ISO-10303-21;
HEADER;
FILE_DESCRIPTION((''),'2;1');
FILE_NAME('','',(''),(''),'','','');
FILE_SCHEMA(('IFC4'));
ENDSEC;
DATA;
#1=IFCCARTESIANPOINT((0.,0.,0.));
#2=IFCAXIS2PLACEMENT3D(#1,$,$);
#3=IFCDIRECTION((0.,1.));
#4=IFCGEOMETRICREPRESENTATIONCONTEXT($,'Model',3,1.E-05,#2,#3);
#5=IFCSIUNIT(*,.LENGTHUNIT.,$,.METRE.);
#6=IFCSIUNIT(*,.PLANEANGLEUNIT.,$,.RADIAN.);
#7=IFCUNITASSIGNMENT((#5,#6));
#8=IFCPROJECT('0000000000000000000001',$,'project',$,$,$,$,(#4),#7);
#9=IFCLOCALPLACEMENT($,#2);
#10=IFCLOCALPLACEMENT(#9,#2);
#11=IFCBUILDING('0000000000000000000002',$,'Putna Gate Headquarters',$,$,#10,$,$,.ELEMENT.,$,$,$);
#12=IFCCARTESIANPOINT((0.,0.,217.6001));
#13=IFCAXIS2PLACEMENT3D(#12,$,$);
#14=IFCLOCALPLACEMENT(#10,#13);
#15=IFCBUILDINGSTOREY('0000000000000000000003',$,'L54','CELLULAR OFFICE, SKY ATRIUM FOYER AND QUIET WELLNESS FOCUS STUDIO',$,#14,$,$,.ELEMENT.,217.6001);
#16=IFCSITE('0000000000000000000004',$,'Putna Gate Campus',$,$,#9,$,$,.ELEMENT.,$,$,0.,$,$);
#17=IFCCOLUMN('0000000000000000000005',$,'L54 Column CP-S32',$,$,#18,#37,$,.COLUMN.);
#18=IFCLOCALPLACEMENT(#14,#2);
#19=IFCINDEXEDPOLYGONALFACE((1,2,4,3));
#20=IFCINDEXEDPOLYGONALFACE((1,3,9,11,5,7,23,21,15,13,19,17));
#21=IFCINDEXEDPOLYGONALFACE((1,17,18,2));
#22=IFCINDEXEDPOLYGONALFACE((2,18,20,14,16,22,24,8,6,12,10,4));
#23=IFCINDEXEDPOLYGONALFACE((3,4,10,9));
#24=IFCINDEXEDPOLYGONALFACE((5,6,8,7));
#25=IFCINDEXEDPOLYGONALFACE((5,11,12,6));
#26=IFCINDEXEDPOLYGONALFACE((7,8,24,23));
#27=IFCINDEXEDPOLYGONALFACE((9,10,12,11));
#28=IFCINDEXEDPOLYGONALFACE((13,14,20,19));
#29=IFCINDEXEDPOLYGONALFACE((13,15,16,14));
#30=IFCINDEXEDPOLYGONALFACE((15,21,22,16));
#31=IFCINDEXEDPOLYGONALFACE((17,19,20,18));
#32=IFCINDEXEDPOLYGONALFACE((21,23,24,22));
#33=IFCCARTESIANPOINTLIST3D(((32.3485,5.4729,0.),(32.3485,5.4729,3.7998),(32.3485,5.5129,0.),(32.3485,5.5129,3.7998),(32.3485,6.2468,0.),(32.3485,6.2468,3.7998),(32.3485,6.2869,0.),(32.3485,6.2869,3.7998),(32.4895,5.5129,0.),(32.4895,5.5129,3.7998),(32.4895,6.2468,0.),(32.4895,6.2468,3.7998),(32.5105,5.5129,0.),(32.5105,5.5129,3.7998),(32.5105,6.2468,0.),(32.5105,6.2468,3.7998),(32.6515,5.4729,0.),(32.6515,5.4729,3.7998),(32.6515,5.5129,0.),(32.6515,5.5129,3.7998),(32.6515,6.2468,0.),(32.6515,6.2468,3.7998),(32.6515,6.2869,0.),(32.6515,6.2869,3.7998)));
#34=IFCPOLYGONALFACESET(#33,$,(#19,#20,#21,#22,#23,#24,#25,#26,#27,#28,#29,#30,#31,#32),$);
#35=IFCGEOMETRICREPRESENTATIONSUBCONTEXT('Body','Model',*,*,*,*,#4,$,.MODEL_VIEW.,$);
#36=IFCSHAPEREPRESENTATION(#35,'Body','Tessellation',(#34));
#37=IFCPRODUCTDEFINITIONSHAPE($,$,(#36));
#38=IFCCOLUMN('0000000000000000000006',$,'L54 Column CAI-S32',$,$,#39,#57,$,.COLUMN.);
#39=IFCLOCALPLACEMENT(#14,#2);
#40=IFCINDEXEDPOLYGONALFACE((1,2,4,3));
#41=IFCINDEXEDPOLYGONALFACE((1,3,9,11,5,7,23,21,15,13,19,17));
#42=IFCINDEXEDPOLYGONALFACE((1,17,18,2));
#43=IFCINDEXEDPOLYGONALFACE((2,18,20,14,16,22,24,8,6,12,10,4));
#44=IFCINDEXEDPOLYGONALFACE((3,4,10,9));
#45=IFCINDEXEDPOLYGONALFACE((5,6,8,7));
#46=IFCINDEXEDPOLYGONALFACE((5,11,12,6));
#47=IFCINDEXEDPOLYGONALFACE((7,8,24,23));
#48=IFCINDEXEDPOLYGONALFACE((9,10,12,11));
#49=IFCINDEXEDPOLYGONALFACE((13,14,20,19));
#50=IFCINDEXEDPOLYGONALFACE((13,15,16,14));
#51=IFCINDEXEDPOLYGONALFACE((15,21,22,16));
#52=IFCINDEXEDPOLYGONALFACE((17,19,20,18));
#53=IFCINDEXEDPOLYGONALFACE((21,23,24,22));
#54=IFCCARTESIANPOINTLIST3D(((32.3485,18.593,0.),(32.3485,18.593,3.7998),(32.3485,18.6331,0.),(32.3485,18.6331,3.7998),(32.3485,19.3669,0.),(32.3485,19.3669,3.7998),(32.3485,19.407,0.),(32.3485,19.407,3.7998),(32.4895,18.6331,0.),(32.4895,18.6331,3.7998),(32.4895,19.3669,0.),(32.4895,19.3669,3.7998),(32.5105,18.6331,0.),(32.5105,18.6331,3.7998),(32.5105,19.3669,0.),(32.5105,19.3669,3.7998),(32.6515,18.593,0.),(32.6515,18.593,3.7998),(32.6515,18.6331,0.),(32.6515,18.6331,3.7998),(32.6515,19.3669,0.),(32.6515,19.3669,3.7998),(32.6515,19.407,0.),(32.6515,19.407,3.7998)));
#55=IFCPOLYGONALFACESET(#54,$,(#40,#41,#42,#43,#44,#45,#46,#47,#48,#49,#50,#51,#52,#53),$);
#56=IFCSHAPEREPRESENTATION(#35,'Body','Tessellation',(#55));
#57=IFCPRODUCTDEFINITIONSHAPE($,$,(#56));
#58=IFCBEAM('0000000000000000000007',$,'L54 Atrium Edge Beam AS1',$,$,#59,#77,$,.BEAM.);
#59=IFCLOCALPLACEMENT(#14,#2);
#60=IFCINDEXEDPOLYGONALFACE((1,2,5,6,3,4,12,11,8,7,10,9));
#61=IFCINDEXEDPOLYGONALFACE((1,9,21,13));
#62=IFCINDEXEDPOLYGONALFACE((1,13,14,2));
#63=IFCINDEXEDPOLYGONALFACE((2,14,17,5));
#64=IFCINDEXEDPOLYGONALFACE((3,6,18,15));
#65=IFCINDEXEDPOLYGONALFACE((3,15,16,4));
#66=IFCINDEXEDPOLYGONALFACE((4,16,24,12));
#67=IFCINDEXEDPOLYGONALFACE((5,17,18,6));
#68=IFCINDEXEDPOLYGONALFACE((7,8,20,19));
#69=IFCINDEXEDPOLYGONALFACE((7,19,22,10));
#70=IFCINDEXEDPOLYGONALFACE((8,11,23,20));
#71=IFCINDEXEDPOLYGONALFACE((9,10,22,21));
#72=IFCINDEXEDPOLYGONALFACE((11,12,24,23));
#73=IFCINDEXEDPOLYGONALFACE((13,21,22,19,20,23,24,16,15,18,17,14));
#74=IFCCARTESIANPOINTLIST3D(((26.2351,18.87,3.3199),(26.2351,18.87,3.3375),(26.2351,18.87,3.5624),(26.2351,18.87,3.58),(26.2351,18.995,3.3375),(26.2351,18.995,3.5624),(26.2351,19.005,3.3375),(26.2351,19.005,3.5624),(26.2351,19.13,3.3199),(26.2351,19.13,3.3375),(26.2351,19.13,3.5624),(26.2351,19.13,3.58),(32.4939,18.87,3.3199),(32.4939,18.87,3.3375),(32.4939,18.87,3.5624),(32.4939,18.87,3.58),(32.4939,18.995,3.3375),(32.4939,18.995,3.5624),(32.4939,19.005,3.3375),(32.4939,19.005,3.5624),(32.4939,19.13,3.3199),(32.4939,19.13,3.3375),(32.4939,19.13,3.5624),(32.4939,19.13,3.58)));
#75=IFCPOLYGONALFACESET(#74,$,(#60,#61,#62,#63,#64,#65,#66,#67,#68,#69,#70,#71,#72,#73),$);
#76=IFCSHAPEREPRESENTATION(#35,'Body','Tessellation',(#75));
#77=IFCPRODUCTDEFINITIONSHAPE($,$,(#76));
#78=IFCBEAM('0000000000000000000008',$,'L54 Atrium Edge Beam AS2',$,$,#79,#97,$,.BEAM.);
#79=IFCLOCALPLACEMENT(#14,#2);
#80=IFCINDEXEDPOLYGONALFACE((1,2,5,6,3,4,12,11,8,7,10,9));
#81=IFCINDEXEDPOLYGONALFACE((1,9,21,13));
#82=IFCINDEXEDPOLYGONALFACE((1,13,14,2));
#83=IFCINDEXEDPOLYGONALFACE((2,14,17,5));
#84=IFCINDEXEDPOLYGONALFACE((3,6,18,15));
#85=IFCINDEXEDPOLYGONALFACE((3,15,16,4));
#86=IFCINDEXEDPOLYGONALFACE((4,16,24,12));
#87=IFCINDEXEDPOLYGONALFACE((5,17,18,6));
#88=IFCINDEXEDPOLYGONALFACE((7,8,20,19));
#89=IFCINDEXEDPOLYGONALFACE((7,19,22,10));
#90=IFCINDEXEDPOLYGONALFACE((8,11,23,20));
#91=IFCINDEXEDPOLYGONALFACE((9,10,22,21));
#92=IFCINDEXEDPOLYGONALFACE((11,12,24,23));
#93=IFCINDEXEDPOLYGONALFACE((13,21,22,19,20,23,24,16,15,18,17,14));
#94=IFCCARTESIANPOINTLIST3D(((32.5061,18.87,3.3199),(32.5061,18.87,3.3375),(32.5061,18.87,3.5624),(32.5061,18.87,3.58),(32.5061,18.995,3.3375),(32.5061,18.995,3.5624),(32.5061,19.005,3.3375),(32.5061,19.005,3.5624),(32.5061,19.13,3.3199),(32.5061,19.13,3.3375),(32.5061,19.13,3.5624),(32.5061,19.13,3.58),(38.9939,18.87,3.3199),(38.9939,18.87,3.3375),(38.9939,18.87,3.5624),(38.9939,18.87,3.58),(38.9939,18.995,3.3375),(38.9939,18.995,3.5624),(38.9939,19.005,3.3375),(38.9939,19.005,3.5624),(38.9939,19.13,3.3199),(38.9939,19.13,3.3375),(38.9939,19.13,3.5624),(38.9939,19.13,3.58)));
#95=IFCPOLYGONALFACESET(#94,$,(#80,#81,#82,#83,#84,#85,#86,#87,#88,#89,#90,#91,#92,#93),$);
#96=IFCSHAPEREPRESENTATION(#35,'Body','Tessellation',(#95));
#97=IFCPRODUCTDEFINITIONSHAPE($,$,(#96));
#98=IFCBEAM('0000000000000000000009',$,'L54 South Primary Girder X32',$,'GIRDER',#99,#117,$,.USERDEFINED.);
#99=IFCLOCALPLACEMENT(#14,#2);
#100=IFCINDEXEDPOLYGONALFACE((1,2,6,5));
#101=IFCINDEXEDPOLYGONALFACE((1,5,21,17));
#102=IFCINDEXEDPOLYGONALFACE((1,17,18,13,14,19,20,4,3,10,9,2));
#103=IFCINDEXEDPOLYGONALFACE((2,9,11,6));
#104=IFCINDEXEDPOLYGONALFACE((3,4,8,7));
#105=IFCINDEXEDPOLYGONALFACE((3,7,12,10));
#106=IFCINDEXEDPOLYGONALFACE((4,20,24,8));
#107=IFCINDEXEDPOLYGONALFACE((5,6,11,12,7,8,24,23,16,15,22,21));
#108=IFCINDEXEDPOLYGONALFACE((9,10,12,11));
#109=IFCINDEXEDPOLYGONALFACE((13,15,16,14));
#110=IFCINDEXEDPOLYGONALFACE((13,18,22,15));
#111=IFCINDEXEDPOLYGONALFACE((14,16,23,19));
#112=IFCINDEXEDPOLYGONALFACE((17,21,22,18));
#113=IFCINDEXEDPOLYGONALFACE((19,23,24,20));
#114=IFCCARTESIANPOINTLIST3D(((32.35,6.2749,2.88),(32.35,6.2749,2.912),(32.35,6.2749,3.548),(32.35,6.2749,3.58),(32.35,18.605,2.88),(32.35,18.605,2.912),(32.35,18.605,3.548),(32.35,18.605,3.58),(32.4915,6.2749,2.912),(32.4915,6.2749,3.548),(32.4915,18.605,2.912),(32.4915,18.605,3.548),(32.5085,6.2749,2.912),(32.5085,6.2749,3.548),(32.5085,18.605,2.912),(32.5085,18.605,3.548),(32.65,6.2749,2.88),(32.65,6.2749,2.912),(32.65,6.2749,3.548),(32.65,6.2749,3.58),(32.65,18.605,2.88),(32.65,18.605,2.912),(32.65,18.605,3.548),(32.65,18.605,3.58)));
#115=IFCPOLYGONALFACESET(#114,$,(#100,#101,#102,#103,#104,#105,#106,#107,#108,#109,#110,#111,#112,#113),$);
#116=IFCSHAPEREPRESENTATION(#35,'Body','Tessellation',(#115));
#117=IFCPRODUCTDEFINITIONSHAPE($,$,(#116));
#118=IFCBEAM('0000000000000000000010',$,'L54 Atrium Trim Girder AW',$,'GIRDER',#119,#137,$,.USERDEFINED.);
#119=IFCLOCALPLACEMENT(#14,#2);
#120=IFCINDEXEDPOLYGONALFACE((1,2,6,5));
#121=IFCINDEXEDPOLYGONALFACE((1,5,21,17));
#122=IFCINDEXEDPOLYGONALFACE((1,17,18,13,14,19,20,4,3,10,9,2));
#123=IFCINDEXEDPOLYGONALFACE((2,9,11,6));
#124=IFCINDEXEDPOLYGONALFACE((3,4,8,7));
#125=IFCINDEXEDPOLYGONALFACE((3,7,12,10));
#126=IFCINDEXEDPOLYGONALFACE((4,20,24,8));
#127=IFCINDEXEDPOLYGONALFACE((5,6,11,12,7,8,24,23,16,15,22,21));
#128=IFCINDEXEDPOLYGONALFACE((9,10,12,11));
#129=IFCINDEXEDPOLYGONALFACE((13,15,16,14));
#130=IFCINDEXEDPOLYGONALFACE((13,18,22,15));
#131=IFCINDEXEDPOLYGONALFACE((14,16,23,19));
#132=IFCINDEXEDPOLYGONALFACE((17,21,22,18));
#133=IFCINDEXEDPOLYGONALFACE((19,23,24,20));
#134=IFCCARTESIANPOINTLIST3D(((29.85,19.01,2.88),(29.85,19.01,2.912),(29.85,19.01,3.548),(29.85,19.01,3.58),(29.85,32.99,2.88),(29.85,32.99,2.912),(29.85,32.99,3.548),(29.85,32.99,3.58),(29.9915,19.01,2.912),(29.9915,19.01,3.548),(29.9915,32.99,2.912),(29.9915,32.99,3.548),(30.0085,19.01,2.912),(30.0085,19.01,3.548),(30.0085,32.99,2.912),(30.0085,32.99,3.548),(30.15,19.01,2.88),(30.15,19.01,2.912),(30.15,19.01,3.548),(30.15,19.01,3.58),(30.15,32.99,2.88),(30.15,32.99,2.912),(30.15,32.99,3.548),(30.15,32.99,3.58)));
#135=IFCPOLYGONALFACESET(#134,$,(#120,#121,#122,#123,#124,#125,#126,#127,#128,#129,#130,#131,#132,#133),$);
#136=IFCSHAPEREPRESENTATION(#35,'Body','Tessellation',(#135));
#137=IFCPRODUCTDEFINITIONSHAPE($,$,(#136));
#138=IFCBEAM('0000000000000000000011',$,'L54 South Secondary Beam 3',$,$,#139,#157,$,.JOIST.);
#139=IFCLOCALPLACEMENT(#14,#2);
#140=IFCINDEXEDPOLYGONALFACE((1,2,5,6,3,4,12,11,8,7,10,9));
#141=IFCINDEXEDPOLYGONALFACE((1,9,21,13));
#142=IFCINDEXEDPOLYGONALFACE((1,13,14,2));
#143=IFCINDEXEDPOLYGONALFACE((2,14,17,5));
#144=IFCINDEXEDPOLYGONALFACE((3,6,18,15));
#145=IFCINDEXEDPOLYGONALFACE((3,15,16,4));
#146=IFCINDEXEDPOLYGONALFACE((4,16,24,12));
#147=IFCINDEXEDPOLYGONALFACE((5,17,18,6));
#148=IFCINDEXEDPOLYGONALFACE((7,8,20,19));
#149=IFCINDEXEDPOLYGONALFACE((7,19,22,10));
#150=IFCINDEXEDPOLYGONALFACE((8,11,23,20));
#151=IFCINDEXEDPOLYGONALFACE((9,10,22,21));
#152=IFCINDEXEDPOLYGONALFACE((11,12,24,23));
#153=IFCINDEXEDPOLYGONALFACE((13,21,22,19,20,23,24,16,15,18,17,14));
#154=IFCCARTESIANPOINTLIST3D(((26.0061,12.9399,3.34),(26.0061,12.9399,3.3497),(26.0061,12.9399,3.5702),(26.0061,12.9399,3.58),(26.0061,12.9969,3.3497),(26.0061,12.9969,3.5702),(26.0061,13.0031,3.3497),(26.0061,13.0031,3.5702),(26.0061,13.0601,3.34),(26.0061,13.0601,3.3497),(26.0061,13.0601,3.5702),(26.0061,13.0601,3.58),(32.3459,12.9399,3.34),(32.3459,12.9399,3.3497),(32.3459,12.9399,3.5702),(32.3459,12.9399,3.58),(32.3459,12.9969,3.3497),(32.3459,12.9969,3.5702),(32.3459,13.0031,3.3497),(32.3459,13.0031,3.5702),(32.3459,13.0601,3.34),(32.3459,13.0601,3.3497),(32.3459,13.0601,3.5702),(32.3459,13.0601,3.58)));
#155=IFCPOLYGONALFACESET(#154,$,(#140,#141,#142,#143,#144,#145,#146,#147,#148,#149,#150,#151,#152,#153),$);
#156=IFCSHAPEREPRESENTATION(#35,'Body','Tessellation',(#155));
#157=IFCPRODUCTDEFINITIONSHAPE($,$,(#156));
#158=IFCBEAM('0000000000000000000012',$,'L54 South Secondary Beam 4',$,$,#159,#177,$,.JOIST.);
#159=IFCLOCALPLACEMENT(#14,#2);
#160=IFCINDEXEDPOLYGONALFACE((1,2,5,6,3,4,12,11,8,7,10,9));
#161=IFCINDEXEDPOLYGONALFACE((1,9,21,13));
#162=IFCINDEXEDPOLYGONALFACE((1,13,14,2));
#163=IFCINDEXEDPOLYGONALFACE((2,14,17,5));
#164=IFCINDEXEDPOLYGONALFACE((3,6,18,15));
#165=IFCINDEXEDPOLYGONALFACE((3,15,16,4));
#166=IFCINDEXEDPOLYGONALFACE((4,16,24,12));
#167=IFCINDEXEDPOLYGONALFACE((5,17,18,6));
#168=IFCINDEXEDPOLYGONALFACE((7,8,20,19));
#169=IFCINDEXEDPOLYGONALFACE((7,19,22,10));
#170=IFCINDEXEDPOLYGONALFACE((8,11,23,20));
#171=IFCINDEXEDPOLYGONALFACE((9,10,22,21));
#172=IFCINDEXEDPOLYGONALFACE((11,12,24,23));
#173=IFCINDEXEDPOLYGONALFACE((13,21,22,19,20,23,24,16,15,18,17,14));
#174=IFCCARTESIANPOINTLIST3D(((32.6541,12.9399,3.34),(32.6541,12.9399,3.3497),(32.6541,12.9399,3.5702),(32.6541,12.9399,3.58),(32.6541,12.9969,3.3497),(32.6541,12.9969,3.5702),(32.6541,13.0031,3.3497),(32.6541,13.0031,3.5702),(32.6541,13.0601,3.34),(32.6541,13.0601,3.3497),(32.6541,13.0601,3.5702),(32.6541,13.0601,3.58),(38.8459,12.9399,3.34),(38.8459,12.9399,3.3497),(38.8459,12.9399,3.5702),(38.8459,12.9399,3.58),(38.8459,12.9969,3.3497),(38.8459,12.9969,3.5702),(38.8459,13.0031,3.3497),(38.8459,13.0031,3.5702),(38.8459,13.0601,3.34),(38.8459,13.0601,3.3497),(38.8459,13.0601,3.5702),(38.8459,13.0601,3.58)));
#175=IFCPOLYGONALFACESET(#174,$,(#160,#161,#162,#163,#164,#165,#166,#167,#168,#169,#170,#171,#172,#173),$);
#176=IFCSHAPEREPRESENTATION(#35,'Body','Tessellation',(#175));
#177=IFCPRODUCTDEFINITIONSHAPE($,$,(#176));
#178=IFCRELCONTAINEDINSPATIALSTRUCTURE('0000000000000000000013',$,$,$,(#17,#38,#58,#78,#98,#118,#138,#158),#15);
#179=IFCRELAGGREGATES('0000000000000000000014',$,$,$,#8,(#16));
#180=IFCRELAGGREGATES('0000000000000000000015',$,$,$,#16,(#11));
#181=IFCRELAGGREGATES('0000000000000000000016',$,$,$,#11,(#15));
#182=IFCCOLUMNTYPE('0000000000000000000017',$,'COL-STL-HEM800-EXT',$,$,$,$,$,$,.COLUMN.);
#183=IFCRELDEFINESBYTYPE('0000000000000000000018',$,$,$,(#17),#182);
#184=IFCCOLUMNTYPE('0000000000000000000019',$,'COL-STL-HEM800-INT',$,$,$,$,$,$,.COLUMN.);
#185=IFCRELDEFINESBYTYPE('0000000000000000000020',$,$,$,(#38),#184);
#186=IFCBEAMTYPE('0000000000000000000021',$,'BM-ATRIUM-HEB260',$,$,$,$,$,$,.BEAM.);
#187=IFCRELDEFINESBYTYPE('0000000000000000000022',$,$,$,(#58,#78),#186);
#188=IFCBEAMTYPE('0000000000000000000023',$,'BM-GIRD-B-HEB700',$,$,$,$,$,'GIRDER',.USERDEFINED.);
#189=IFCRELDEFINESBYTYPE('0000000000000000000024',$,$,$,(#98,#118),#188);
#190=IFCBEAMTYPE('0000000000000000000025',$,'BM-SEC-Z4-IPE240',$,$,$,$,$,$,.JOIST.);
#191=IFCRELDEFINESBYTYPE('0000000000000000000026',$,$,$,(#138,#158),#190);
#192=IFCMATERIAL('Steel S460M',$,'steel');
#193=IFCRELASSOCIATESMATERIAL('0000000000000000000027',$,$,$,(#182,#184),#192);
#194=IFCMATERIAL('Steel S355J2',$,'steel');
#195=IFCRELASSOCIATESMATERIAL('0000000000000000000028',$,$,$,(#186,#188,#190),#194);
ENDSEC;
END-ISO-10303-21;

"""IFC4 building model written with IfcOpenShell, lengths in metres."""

from ifc_helpers import new_model, si_unit, direction, frame, origin, origin_2d, place, context, subcontext, project, spatial, i_section, extrude, material, material_profile, profile_set, type_object, element, save


model = new_model("IFC4")

# Units and contexts
model_context = context("Model", 3, precision=1e-05, world=origin(), true_north=direction((0.0, 1.0)))
body_context = subcontext(model_context, "Body", "Model", "MODEL_VIEW")
ifc_project = project(units=[si_unit("LENGTHUNIT", "METRE"), si_unit("PLANEANGLEUNIT", "RADIAN")], contexts=[model_context])

# Site, building, storey
site_placement = place(None, origin())
site = spatial("IfcSite", under=ifc_project, at=site_placement, Name="Putna Gate Campus", CompositionType="ELEMENT", RefElevation=0.0)
building_placement = place(site_placement, origin())
building = spatial("IfcBuilding", under=site, at=building_placement, Name="Putna Gate Headquarters", CompositionType="ELEMENT")
storey_placement = place(building_placement, frame((0.0, 0.0, 217.6001)))
storey = spatial("IfcBuildingStorey", under=building, at=storey_placement, Name="L54", Description="CELLULAR OFFICE, SKY ATRIUM FOYER AND QUIET WELLNESS FOCUS STUDIO", CompositionType="ELEMENT", Elevation=217.6001)

# Columns
ifc_material_1 = material(Name="Steel S460M", Category="steel")
ifc_material_profile_1 = material_profile(ifc_material_1, i_section(OverallWidth=0.303, OverallDepth=0.814, WebThickness=0.021, FlangeThickness=0.04, at=origin_2d()), Name="Steel S460M")
ifc_profile_set_1 = profile_set([ifc_material_profile_1], Name="Steel S460M")
column_type_1 = type_object("IfcColumnType", Name="COL-STL-HEM800-EXT", PredefinedType="COLUMN", material=ifc_profile_set_1)
column_1_placement = place(storey_placement, frame((32.5, 5.8799, 0.0), z_axis=(0.0, 0.0, 1.0), x_axis=(1.0, 0.0, 0.0)))
element("IfcColumn", 1, at=column_1_placement, inside=storey, type_object=column_type_1, Name="L54 Column CP-S32", PredefinedType="COLUMN", context=body_context, shape_type="SweptSolid", body=[
    extrude(i_section(OverallWidth=0.303, OverallDepth=0.814, WebThickness=0.021, FlangeThickness=0.04, at=origin_2d()), origin(), (0.0, 0.0, 1.0), 3.7998),
])
ifc_material_profile_2 = material_profile(ifc_material_1, i_section(OverallWidth=0.303, OverallDepth=0.814, WebThickness=0.021, FlangeThickness=0.04, at=origin_2d()), Name="Steel S460M")
ifc_profile_set_2 = profile_set([ifc_material_profile_2], Name="Steel S460M")
column_type_2 = type_object("IfcColumnType", Name="COL-STL-HEM800-INT", PredefinedType="COLUMN", material=ifc_profile_set_2)
column_2_placement = place(storey_placement, frame((32.5, 19.0, 0.0), z_axis=(0.0, 0.0, 1.0), x_axis=(1.0, 0.0, 0.0)))
element("IfcColumn", 2, at=column_2_placement, inside=storey, type_object=column_type_2, Name="L54 Column CAI-S32", PredefinedType="COLUMN", context=body_context, shape_type="SweptSolid", body=[
    extrude(i_section(OverallWidth=0.303, OverallDepth=0.814, WebThickness=0.021, FlangeThickness=0.04, at=origin_2d()), origin(), (0.0, 0.0, 1.0), 3.7998),
])

# Beams
ifc_material_2 = material(Name="Steel S355J2", Category="steel")
ifc_material_profile_3 = material_profile(ifc_material_2, i_section(OverallWidth=0.26, OverallDepth=0.26, WebThickness=0.01, FlangeThickness=0.0176, at=origin_2d()), Name="Steel S355J2")
ifc_profile_set_3 = profile_set([ifc_material_profile_3], Name="Steel S355J2")
beam_type_1 = type_object("IfcBeamType", Name="BM-ATRIUM-HEB260", PredefinedType="BEAM", material=ifc_profile_set_3)
beam_1_placement = place(storey_placement, frame((26.2351, 19.0, 3.45), z_axis=(1.0, 0.0, 0.0), x_axis=(0.0, 1.0, 0.0)))
element("IfcBeam", 3, at=beam_1_placement, inside=storey, type_object=beam_type_1, Name="L54 Atrium Edge Beam AS1", PredefinedType="BEAM", context=body_context, shape_type="SweptSolid", body=[
    extrude(i_section(OverallWidth=0.26, OverallDepth=0.26, WebThickness=0.01, FlangeThickness=0.0176, at=origin_2d()), origin(), (0.0, 0.0, 1.0), 6.2588),
])
beam_2_placement = place(storey_placement, frame((32.5061, 19.0, 3.45), z_axis=(1.0, 0.0, 0.0), x_axis=(0.0, 1.0, 0.0)))
element("IfcBeam", 4, at=beam_2_placement, inside=storey, type_object=beam_type_1, Name="L54 Atrium Edge Beam AS2", PredefinedType="BEAM", context=body_context, shape_type="SweptSolid", body=[
    extrude(i_section(OverallWidth=0.26, OverallDepth=0.26, WebThickness=0.01, FlangeThickness=0.0176, at=origin_2d()), origin(), (0.0, 0.0, 1.0), 6.4878),
])
ifc_material_profile_4 = material_profile(ifc_material_2, i_section(OverallWidth=0.3, OverallDepth=0.7, WebThickness=0.0171, FlangeThickness=0.032, at=origin_2d()), Name="Steel S355J2")
ifc_profile_set_4 = profile_set([ifc_material_profile_4], Name="Steel S355J2")
beam_type_2 = type_object("IfcBeamType", Name="BM-GIRD-B-HEB700", ElementType="GIRDER", PredefinedType="USERDEFINED", material=ifc_profile_set_4)
beam_3_placement = place(storey_placement, frame((32.5, 6.2749, 3.23), z_axis=(0.0, 1.0, 0.0), x_axis=(-1.0, 0.0, 0.0)))
element("IfcBeam", 5, at=beam_3_placement, inside=storey, type_object=beam_type_2, Name="L54 South Primary Girder X32", ObjectType="GIRDER", PredefinedType="USERDEFINED", context=body_context, shape_type="SweptSolid", body=[
    extrude(i_section(OverallWidth=0.3, OverallDepth=0.7, WebThickness=0.0171, FlangeThickness=0.032, at=origin_2d()), origin(), (0.0, 0.0, 1.0), 12.3301),
])
beam_4_placement = place(storey_placement, frame((30.0, 19.01, 3.23), z_axis=(0.0, 1.0, 0.0), x_axis=(-1.0, 0.0, 0.0)))
element("IfcBeam", 6, at=beam_4_placement, inside=storey, type_object=beam_type_2, Name="L54 Atrium Trim Girder AW", ObjectType="GIRDER", PredefinedType="USERDEFINED", context=body_context, shape_type="SweptSolid", body=[
    extrude(i_section(OverallWidth=0.3, OverallDepth=0.7, WebThickness=0.0171, FlangeThickness=0.032, at=origin_2d()), origin(), (0.0, 0.0, 1.0), 13.98),
])
ifc_material_profile_5 = material_profile(ifc_material_2, i_section(OverallWidth=0.1201, OverallDepth=0.24, WebThickness=0.0061, FlangeThickness=0.0098, at=origin_2d()), Name="Steel S355J2")
ifc_profile_set_5 = profile_set([ifc_material_profile_5], Name="Steel S355J2")
beam_type_3 = type_object("IfcBeamType", Name="BM-SEC-Z4-IPE240", PredefinedType="JOIST", material=ifc_profile_set_5)
beam_5_placement = place(storey_placement, frame((26.0061, 13.0, 3.46), z_axis=(1.0, 0.0, 0.0), x_axis=(0.0, 1.0, 0.0)))
element("IfcBeam", 7, at=beam_5_placement, inside=storey, type_object=beam_type_3, Name="L54 South Secondary Beam 3", PredefinedType="JOIST", context=body_context, shape_type="SweptSolid", body=[
    extrude(i_section(OverallWidth=0.1201, OverallDepth=0.24, WebThickness=0.0061, FlangeThickness=0.0098, at=origin_2d()), origin(), (0.0, 0.0, 1.0), 6.3398),
])
beam_6_placement = place(storey_placement, frame((32.6541, 13.0, 3.46), z_axis=(1.0, 0.0, 0.0), x_axis=(0.0, 1.0, 0.0)))
element("IfcBeam", 8, at=beam_6_placement, inside=storey, type_object=beam_type_3, Name="L54 South Secondary Beam 4", PredefinedType="JOIST", context=body_context, shape_type="SweptSolid", body=[
    extrude(i_section(OverallWidth=0.1201, OverallDepth=0.24, WebThickness=0.0061, FlangeThickness=0.0098, at=origin_2d()), origin(), (0.0, 0.0, 1.0), 6.1919),
])

save(model, "model.ifc")
